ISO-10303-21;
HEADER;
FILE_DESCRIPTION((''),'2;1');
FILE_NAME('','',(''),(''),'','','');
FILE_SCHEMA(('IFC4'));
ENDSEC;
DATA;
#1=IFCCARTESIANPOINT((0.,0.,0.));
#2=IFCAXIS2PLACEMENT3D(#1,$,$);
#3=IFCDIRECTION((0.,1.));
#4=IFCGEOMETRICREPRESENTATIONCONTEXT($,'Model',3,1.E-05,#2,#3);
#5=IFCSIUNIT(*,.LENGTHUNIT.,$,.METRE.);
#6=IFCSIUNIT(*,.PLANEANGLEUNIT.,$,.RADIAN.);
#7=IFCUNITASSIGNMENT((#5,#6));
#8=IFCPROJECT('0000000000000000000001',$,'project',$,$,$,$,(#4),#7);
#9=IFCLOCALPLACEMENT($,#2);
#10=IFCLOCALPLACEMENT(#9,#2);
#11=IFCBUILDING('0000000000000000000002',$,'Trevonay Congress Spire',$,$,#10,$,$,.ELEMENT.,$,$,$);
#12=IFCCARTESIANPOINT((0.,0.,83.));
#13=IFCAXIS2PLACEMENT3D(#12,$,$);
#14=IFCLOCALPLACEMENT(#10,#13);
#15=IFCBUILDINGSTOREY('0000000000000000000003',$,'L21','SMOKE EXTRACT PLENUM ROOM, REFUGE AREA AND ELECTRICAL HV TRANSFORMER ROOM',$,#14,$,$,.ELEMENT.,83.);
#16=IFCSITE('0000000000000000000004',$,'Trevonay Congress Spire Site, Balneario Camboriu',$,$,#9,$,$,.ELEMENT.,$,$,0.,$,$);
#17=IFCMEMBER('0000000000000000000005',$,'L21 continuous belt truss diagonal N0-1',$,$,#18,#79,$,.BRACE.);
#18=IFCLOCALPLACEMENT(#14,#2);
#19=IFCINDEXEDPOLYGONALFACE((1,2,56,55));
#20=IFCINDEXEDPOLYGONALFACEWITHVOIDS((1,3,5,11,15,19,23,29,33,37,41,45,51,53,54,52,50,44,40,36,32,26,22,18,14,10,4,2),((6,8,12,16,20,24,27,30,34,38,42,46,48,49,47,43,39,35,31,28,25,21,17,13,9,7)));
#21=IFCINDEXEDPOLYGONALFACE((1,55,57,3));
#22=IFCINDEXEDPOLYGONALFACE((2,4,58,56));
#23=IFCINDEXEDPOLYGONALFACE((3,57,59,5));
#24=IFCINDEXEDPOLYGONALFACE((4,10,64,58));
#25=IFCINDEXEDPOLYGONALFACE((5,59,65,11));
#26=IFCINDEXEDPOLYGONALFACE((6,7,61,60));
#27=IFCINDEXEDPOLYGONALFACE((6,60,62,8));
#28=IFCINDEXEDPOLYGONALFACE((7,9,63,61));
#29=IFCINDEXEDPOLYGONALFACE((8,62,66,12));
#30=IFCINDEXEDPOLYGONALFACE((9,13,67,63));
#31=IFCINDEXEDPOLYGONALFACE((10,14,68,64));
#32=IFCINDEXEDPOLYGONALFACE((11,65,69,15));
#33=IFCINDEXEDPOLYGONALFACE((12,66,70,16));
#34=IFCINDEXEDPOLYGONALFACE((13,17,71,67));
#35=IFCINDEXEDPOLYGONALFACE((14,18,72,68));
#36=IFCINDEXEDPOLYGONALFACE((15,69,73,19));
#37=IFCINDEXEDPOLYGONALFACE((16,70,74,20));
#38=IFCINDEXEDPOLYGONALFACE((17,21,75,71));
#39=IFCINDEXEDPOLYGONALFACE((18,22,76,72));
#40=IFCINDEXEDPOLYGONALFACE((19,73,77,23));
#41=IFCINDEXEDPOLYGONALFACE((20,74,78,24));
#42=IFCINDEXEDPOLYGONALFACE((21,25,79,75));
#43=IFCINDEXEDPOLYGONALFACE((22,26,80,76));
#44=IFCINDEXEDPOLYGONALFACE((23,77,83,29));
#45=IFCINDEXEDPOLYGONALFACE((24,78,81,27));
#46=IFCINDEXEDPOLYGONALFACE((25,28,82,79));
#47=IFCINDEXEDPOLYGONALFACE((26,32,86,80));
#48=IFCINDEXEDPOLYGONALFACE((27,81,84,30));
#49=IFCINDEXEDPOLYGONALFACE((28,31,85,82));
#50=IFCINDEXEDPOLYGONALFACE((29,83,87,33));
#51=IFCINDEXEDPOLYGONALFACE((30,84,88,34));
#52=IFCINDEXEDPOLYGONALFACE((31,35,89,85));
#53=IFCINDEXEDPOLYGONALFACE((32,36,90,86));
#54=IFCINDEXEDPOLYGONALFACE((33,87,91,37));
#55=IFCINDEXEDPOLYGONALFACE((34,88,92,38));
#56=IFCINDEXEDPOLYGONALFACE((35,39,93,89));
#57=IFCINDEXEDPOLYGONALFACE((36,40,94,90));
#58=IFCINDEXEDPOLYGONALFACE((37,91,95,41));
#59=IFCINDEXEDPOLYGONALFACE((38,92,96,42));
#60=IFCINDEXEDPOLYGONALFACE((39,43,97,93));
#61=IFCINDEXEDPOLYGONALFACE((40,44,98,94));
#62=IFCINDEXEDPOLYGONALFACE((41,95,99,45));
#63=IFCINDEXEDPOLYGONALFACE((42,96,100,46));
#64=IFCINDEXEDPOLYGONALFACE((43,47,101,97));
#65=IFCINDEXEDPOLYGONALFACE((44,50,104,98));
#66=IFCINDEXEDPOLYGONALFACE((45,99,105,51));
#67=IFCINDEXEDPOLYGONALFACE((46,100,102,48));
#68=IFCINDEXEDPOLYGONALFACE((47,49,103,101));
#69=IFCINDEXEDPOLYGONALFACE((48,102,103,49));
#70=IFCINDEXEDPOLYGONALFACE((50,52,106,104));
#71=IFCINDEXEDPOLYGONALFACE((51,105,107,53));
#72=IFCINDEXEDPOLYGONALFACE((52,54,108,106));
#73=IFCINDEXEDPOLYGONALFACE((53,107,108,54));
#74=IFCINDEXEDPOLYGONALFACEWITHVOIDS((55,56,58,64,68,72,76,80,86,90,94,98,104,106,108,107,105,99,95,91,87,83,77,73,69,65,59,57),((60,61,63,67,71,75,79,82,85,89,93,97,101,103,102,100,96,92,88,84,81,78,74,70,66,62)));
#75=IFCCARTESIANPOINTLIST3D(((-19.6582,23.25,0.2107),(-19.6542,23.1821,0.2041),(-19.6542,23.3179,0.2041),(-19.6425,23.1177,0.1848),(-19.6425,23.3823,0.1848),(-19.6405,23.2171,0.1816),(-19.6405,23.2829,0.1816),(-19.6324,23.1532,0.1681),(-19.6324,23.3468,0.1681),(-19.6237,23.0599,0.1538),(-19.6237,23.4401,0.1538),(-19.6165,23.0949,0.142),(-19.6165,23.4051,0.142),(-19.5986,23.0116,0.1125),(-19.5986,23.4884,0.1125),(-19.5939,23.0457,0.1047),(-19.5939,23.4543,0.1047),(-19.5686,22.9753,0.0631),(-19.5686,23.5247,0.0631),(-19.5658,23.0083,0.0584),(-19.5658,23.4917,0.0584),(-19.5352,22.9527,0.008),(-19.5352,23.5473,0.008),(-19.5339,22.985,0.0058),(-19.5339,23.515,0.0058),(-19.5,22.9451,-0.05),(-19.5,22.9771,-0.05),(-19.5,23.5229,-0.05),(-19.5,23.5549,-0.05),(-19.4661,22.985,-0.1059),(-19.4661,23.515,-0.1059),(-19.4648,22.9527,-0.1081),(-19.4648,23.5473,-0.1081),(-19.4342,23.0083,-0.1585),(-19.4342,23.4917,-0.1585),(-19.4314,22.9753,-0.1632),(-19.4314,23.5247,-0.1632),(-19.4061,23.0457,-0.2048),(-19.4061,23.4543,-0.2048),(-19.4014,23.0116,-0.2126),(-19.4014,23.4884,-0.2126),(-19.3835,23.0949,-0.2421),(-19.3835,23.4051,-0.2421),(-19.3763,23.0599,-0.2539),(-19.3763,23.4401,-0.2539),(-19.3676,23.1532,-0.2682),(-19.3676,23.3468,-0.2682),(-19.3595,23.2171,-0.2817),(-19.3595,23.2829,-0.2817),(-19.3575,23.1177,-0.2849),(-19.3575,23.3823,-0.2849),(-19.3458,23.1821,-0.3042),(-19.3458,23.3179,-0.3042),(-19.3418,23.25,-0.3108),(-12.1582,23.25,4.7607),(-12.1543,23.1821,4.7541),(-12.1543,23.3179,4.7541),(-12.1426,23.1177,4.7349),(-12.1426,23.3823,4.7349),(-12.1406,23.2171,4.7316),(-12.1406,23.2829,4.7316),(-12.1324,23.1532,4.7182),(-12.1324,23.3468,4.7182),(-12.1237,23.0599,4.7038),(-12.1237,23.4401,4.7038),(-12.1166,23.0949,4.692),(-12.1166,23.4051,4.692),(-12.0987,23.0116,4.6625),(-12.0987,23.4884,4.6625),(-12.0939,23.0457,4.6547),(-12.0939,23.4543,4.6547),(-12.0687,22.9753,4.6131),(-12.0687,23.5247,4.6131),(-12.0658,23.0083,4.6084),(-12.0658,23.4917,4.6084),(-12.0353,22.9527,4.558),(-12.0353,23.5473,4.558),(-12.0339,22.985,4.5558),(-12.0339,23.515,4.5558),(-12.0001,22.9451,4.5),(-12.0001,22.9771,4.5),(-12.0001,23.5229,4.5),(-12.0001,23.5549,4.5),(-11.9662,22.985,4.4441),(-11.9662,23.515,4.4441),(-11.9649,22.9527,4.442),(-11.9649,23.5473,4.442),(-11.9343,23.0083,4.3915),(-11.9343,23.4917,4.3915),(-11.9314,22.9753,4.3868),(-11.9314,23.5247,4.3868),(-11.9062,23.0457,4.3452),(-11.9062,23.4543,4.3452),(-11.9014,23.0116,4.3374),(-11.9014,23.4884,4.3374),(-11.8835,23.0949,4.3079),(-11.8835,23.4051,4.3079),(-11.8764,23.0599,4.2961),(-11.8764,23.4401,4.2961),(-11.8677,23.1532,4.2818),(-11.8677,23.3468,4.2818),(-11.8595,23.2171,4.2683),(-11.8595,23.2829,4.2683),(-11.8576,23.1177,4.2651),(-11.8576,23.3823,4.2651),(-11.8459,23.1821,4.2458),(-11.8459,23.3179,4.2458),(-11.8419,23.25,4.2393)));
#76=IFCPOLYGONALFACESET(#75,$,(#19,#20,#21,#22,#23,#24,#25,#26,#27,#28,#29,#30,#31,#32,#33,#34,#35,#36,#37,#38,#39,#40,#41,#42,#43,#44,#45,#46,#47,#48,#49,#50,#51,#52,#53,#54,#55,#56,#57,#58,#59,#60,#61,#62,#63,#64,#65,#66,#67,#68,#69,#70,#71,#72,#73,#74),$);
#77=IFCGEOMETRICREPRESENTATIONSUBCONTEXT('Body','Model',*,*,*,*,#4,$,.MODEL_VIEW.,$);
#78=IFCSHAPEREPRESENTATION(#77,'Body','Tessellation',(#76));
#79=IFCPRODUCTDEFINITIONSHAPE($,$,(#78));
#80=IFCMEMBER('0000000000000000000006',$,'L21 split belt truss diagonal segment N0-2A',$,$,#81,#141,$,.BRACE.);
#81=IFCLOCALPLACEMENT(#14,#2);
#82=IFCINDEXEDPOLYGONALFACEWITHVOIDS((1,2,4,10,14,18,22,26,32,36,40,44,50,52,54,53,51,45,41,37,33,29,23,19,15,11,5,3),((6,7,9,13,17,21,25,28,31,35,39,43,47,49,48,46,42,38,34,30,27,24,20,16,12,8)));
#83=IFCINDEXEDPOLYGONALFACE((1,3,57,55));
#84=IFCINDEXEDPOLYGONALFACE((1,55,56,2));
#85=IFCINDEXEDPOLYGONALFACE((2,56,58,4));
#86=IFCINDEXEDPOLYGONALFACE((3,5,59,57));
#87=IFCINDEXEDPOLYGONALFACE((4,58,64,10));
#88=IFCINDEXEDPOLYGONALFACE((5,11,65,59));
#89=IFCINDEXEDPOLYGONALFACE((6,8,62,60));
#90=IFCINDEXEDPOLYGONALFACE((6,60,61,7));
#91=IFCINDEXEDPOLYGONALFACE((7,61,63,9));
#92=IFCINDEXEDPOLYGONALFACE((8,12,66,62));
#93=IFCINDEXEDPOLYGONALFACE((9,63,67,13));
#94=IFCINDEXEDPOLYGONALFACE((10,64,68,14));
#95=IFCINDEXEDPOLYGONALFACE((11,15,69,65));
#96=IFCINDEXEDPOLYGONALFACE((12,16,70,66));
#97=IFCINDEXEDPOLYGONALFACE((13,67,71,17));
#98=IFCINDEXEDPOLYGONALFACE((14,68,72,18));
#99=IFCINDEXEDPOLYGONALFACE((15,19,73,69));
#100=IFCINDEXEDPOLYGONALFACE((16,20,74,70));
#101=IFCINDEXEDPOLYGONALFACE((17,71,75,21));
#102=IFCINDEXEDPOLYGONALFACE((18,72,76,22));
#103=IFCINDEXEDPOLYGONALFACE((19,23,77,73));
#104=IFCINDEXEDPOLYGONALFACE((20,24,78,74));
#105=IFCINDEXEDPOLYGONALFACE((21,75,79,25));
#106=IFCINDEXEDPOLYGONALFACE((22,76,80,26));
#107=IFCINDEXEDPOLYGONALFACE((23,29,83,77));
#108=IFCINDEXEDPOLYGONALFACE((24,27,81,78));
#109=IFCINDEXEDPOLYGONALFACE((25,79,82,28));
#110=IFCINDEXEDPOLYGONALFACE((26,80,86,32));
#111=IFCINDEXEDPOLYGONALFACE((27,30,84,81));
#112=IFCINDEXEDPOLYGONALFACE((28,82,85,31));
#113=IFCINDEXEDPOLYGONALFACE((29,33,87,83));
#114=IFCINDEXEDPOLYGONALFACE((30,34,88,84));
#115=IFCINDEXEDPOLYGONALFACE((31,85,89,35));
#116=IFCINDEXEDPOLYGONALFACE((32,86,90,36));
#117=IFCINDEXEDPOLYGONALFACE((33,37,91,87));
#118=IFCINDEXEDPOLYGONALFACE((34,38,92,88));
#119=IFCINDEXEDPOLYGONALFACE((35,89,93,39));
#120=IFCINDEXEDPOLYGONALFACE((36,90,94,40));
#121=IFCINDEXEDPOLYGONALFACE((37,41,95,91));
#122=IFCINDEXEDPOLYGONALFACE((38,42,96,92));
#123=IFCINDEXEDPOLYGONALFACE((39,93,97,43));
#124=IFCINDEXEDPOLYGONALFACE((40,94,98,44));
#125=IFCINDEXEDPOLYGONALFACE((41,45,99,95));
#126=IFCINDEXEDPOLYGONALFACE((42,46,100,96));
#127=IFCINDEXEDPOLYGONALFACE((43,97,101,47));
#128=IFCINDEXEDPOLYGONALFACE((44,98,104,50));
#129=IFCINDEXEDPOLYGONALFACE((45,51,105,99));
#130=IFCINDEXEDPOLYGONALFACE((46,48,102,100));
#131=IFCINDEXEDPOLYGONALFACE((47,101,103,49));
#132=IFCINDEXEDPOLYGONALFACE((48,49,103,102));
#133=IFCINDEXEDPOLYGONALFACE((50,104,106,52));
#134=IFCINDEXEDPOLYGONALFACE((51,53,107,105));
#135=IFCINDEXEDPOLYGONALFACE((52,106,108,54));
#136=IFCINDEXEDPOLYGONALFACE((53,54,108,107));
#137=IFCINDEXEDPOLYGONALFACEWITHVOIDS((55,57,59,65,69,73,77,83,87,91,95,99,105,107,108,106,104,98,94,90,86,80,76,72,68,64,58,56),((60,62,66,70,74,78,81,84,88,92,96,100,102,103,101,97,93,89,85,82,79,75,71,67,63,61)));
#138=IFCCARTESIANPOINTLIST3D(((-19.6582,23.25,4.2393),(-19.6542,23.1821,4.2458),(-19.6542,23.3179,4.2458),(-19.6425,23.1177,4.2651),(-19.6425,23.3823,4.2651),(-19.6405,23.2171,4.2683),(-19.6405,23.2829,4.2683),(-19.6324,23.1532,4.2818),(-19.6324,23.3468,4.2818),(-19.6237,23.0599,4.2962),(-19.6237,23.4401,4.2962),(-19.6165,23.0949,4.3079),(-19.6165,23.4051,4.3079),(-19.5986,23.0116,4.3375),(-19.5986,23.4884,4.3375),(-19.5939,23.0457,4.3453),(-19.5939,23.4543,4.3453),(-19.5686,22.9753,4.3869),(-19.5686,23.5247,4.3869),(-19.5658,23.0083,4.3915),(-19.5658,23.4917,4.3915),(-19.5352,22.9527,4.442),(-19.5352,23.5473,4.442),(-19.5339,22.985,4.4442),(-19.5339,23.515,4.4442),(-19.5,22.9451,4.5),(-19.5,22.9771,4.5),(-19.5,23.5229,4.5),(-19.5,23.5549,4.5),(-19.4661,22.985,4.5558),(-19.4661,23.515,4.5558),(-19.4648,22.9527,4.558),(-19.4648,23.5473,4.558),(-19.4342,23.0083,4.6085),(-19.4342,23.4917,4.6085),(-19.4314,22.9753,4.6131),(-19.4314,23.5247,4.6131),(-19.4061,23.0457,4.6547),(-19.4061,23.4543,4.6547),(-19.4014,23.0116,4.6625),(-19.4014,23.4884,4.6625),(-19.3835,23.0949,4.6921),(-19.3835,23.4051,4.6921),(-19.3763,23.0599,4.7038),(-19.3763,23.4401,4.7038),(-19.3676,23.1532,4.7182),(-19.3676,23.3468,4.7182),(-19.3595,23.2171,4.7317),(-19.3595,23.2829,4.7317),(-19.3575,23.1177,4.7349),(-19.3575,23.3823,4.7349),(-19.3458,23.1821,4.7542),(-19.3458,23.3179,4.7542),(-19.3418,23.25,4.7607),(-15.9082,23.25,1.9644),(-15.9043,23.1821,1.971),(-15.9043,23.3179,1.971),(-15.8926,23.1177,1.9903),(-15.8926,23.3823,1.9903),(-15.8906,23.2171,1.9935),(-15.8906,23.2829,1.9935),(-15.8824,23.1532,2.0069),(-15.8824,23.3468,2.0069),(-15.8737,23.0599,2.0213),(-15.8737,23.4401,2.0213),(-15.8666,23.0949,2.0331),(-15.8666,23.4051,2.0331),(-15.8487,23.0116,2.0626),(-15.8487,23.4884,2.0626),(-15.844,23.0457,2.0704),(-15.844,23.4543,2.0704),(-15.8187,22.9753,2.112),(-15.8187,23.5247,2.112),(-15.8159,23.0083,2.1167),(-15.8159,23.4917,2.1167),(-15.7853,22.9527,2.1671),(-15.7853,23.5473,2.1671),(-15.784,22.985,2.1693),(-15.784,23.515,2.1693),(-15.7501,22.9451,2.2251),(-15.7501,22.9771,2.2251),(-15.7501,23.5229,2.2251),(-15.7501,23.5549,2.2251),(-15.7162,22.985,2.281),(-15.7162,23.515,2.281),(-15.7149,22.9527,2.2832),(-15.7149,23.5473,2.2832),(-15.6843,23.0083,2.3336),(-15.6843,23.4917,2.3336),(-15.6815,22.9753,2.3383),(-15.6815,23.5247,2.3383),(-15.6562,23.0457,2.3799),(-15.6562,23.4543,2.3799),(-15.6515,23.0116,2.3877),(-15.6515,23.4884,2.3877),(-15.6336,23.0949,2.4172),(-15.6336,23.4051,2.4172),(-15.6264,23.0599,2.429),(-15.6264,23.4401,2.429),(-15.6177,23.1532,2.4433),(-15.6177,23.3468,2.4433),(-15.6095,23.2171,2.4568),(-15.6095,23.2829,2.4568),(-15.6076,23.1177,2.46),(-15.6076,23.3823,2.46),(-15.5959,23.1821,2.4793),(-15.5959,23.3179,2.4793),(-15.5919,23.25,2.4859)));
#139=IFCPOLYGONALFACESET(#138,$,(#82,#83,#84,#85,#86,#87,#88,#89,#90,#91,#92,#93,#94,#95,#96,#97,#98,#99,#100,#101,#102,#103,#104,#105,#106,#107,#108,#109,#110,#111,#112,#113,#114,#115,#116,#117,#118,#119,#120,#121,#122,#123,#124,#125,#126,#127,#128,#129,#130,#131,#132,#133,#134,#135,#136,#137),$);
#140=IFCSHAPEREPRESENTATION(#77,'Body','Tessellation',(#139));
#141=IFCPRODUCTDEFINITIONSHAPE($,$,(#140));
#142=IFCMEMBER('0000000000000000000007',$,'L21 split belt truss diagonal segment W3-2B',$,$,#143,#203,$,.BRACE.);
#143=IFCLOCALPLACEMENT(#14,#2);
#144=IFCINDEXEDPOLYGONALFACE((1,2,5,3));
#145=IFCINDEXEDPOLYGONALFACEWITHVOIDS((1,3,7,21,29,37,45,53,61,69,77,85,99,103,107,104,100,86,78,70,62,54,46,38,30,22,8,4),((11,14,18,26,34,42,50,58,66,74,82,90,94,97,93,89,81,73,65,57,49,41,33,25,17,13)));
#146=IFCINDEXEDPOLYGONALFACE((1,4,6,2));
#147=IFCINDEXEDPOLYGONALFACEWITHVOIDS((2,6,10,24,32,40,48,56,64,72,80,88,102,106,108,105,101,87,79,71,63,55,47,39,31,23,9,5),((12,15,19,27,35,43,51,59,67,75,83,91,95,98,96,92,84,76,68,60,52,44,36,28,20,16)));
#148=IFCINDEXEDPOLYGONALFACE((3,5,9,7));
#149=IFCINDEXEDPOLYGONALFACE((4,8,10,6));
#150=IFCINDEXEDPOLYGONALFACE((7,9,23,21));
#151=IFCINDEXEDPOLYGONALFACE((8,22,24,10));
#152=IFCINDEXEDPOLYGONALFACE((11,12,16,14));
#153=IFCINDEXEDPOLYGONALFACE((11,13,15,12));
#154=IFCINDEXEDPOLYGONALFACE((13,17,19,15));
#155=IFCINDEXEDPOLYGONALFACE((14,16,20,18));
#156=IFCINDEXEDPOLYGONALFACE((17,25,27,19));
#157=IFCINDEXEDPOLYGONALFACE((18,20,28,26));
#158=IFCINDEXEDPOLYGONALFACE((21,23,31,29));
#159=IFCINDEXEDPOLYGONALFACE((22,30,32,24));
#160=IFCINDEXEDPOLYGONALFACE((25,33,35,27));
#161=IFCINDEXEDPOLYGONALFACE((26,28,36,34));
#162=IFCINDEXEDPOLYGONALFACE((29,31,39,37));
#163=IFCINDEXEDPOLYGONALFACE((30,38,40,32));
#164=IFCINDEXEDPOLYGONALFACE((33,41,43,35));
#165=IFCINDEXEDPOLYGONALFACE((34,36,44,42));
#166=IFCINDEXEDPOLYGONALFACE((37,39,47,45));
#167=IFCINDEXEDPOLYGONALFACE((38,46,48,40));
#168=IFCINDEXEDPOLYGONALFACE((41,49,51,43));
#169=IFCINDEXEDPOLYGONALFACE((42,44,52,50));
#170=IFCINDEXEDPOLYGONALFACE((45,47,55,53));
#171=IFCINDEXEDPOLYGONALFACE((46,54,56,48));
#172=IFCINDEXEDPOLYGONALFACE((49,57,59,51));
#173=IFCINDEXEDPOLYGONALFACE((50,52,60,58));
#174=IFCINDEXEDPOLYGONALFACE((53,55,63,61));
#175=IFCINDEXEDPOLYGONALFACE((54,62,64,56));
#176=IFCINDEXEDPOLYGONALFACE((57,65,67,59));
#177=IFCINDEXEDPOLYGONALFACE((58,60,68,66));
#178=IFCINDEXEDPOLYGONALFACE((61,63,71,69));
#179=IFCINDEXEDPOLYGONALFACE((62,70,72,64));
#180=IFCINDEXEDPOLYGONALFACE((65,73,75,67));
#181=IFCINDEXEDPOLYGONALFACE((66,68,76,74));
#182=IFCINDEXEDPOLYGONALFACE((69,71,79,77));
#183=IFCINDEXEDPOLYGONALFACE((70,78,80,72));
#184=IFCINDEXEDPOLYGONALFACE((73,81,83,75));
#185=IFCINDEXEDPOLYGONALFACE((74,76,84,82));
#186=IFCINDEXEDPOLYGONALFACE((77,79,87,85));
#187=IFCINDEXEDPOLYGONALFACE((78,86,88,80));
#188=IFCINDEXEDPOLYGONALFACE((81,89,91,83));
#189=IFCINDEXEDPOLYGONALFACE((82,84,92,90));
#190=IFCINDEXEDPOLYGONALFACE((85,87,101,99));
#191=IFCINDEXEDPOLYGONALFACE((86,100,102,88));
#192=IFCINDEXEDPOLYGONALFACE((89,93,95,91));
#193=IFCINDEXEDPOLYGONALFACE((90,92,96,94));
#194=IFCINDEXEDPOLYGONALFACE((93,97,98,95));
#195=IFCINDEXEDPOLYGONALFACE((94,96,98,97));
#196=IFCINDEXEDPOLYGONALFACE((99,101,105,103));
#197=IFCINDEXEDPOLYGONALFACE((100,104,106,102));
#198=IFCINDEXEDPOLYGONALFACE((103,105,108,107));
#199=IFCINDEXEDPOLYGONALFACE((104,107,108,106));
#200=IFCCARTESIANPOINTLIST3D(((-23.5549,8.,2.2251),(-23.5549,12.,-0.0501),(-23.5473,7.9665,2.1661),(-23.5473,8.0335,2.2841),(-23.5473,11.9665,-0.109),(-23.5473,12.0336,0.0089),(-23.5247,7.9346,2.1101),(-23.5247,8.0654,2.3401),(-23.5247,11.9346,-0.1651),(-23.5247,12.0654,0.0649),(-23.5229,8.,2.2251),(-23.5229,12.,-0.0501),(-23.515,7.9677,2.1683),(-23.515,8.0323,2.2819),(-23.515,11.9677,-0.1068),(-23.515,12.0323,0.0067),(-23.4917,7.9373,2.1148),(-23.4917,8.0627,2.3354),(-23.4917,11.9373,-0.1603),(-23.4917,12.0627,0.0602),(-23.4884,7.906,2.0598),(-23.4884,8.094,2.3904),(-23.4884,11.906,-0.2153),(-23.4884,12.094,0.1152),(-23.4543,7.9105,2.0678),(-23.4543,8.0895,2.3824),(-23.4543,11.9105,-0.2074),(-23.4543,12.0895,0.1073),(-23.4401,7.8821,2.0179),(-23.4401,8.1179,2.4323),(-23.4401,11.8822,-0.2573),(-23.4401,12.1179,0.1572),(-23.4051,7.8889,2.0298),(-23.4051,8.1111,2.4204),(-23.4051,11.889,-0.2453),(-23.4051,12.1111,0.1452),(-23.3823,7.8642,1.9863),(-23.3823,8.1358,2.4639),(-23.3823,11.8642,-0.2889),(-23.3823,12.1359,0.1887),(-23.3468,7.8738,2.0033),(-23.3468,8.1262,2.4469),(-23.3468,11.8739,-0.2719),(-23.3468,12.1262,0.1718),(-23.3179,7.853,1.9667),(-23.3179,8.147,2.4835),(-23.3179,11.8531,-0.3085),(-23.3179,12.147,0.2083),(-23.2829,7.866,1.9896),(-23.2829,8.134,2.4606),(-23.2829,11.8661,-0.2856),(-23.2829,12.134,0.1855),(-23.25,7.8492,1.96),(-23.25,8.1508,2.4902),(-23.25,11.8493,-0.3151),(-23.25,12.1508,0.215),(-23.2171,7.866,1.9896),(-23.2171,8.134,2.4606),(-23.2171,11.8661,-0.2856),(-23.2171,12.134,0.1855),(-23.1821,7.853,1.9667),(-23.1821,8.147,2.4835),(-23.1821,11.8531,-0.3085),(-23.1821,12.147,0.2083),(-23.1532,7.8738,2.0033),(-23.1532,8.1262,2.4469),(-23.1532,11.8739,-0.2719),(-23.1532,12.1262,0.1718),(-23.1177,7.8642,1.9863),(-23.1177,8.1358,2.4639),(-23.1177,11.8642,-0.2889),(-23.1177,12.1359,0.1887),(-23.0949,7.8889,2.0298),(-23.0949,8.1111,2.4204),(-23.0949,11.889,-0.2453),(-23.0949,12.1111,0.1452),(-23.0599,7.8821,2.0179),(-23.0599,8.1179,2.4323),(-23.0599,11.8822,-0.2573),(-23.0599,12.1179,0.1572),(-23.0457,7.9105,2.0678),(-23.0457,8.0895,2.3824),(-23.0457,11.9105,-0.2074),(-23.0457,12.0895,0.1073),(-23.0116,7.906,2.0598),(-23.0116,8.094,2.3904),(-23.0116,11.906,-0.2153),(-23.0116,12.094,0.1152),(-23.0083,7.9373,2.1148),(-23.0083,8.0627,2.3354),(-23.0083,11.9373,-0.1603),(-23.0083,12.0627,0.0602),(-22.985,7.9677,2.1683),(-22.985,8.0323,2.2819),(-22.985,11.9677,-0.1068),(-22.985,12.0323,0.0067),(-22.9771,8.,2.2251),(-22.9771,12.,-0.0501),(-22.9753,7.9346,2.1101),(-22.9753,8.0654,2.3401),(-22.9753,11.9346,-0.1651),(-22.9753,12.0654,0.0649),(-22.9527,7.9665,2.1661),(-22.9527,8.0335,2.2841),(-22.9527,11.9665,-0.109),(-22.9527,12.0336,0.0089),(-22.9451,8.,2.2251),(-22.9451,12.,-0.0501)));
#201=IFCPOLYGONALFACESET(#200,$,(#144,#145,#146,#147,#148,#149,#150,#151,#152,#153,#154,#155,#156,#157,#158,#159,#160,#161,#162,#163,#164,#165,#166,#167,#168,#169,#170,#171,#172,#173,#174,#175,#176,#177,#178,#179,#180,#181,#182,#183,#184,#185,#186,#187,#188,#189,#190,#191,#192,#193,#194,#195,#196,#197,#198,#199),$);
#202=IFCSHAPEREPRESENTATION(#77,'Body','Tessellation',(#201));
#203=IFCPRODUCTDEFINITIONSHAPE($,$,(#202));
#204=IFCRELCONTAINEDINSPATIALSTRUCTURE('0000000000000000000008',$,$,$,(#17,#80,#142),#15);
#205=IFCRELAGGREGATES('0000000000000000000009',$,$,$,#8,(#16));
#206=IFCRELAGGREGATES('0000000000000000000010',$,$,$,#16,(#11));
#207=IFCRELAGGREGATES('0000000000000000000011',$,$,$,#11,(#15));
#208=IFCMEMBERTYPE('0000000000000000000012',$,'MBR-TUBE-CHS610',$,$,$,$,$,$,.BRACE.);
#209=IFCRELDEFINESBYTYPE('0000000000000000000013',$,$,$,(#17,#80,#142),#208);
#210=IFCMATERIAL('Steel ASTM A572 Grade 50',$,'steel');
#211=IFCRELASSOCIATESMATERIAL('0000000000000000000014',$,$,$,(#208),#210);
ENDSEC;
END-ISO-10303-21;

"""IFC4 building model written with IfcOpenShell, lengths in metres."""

from ifc_helpers import new_model, si_unit, direction, frame, origin, origin_2d, place, context, subcontext, project, spatial, hollow_circle, extrude, material, material_profile, profile_set, type_object, element, save


model = new_model("IFC4")

# Units and contexts
model_context = context("Model", 3, precision=1e-05, world=origin(), true_north=direction((0.0, 1.0)))
body_context = subcontext(model_context, "Body", "Model", "MODEL_VIEW")
ifc_project = project(units=[si_unit("LENGTHUNIT", "METRE"), si_unit("PLANEANGLEUNIT", "RADIAN")], contexts=[model_context])

# Site, building, storey
site_placement = place(None, origin())
site = spatial("IfcSite", under=ifc_project, at=site_placement, Name="Trevonay Congress Spire Site, Balneario Camboriu", CompositionType="ELEMENT", RefElevation=0.0)
building_placement = place(site_placement, origin())
building = spatial("IfcBuilding", under=site, at=building_placement, Name="Trevonay Congress Spire", CompositionType="ELEMENT")
storey_placement = place(building_placement, frame((0.0, 0.0, 83.0)))
storey = spatial("IfcBuildingStorey", under=building, at=storey_placement, Name="L21", Description="SMOKE EXTRACT PLENUM ROOM, REFUGE AREA AND ELECTRICAL HV TRANSFORMER ROOM", CompositionType="ELEMENT", Elevation=83.0)

# Shared definitions
ifc_material_1 = material(Name="Steel ASTM A572 Grade 50", Category="steel")

# Members
ifc_material_profile_1 = material_profile(ifc_material_1, hollow_circle(Radius=0.3049, WallThickness=0.032, at=origin_2d()), Name="CHS 610x32")
ifc_profile_set_1 = profile_set([ifc_material_profile_1], Name="Steel ASTM A572 Grade 50")
member_type = type_object("IfcMemberType", Name="MBR-TUBE-CHS610", PredefinedType="BRACE", material=ifc_profile_set_1)
member_1_placement = place(storey_placement, frame((-19.5, 23.25, -0.05), z_axis=(0.854966, 0.0, 0.518685), x_axis=(0.0, 1.0, 0.0)))
element("IfcMember", 1, at=member_1_placement, inside=storey, type_object=member_type, Name="L21 continuous belt truss diagonal N0-1", PredefinedType="BRACE", context=body_context, shape_type="SweptSolid", body=[
    extrude(hollow_circle(Radius=0.3049, WallThickness=0.032, at=origin_2d()), origin(), (0.0, 0.0, 1.0), 8.7722),
])
member_2_placement = place(storey_placement, frame((-19.5, 23.25, 4.5), z_axis=(0.854978, 0.0, -0.518664), x_axis=(0.0, 1.0, 0.0)))
element("IfcMember", 2, at=member_2_placement, inside=storey, type_object=member_type, Name="L21 split belt truss diagonal segment N0-2A", PredefinedType="BRACE", context=body_context, shape_type="SweptSolid", body=[
    extrude(hollow_circle(Radius=0.3049, WallThickness=0.032, at=origin_2d()), origin(), (0.0, 0.0, 1.0), 4.386),
])
member_3_placement = place(storey_placement, frame((-23.25, 8.0, 2.2251), z_axis=(0.0, 0.869231, -0.494407), x_axis=(-1.0, 0.0, 0.0)))
element("IfcMember", 3, at=member_3_placement, inside=storey, type_object=member_type, Name="L21 split belt truss diagonal segment W3-2B", PredefinedType="BRACE", context=body_context, shape_type="SweptSolid", body=[
    extrude(hollow_circle(Radius=0.3049, WallThickness=0.032, at=origin_2d()), origin(), (0.0, 0.0, 1.0), 4.6018),
])

save(model, "model.ifc")
